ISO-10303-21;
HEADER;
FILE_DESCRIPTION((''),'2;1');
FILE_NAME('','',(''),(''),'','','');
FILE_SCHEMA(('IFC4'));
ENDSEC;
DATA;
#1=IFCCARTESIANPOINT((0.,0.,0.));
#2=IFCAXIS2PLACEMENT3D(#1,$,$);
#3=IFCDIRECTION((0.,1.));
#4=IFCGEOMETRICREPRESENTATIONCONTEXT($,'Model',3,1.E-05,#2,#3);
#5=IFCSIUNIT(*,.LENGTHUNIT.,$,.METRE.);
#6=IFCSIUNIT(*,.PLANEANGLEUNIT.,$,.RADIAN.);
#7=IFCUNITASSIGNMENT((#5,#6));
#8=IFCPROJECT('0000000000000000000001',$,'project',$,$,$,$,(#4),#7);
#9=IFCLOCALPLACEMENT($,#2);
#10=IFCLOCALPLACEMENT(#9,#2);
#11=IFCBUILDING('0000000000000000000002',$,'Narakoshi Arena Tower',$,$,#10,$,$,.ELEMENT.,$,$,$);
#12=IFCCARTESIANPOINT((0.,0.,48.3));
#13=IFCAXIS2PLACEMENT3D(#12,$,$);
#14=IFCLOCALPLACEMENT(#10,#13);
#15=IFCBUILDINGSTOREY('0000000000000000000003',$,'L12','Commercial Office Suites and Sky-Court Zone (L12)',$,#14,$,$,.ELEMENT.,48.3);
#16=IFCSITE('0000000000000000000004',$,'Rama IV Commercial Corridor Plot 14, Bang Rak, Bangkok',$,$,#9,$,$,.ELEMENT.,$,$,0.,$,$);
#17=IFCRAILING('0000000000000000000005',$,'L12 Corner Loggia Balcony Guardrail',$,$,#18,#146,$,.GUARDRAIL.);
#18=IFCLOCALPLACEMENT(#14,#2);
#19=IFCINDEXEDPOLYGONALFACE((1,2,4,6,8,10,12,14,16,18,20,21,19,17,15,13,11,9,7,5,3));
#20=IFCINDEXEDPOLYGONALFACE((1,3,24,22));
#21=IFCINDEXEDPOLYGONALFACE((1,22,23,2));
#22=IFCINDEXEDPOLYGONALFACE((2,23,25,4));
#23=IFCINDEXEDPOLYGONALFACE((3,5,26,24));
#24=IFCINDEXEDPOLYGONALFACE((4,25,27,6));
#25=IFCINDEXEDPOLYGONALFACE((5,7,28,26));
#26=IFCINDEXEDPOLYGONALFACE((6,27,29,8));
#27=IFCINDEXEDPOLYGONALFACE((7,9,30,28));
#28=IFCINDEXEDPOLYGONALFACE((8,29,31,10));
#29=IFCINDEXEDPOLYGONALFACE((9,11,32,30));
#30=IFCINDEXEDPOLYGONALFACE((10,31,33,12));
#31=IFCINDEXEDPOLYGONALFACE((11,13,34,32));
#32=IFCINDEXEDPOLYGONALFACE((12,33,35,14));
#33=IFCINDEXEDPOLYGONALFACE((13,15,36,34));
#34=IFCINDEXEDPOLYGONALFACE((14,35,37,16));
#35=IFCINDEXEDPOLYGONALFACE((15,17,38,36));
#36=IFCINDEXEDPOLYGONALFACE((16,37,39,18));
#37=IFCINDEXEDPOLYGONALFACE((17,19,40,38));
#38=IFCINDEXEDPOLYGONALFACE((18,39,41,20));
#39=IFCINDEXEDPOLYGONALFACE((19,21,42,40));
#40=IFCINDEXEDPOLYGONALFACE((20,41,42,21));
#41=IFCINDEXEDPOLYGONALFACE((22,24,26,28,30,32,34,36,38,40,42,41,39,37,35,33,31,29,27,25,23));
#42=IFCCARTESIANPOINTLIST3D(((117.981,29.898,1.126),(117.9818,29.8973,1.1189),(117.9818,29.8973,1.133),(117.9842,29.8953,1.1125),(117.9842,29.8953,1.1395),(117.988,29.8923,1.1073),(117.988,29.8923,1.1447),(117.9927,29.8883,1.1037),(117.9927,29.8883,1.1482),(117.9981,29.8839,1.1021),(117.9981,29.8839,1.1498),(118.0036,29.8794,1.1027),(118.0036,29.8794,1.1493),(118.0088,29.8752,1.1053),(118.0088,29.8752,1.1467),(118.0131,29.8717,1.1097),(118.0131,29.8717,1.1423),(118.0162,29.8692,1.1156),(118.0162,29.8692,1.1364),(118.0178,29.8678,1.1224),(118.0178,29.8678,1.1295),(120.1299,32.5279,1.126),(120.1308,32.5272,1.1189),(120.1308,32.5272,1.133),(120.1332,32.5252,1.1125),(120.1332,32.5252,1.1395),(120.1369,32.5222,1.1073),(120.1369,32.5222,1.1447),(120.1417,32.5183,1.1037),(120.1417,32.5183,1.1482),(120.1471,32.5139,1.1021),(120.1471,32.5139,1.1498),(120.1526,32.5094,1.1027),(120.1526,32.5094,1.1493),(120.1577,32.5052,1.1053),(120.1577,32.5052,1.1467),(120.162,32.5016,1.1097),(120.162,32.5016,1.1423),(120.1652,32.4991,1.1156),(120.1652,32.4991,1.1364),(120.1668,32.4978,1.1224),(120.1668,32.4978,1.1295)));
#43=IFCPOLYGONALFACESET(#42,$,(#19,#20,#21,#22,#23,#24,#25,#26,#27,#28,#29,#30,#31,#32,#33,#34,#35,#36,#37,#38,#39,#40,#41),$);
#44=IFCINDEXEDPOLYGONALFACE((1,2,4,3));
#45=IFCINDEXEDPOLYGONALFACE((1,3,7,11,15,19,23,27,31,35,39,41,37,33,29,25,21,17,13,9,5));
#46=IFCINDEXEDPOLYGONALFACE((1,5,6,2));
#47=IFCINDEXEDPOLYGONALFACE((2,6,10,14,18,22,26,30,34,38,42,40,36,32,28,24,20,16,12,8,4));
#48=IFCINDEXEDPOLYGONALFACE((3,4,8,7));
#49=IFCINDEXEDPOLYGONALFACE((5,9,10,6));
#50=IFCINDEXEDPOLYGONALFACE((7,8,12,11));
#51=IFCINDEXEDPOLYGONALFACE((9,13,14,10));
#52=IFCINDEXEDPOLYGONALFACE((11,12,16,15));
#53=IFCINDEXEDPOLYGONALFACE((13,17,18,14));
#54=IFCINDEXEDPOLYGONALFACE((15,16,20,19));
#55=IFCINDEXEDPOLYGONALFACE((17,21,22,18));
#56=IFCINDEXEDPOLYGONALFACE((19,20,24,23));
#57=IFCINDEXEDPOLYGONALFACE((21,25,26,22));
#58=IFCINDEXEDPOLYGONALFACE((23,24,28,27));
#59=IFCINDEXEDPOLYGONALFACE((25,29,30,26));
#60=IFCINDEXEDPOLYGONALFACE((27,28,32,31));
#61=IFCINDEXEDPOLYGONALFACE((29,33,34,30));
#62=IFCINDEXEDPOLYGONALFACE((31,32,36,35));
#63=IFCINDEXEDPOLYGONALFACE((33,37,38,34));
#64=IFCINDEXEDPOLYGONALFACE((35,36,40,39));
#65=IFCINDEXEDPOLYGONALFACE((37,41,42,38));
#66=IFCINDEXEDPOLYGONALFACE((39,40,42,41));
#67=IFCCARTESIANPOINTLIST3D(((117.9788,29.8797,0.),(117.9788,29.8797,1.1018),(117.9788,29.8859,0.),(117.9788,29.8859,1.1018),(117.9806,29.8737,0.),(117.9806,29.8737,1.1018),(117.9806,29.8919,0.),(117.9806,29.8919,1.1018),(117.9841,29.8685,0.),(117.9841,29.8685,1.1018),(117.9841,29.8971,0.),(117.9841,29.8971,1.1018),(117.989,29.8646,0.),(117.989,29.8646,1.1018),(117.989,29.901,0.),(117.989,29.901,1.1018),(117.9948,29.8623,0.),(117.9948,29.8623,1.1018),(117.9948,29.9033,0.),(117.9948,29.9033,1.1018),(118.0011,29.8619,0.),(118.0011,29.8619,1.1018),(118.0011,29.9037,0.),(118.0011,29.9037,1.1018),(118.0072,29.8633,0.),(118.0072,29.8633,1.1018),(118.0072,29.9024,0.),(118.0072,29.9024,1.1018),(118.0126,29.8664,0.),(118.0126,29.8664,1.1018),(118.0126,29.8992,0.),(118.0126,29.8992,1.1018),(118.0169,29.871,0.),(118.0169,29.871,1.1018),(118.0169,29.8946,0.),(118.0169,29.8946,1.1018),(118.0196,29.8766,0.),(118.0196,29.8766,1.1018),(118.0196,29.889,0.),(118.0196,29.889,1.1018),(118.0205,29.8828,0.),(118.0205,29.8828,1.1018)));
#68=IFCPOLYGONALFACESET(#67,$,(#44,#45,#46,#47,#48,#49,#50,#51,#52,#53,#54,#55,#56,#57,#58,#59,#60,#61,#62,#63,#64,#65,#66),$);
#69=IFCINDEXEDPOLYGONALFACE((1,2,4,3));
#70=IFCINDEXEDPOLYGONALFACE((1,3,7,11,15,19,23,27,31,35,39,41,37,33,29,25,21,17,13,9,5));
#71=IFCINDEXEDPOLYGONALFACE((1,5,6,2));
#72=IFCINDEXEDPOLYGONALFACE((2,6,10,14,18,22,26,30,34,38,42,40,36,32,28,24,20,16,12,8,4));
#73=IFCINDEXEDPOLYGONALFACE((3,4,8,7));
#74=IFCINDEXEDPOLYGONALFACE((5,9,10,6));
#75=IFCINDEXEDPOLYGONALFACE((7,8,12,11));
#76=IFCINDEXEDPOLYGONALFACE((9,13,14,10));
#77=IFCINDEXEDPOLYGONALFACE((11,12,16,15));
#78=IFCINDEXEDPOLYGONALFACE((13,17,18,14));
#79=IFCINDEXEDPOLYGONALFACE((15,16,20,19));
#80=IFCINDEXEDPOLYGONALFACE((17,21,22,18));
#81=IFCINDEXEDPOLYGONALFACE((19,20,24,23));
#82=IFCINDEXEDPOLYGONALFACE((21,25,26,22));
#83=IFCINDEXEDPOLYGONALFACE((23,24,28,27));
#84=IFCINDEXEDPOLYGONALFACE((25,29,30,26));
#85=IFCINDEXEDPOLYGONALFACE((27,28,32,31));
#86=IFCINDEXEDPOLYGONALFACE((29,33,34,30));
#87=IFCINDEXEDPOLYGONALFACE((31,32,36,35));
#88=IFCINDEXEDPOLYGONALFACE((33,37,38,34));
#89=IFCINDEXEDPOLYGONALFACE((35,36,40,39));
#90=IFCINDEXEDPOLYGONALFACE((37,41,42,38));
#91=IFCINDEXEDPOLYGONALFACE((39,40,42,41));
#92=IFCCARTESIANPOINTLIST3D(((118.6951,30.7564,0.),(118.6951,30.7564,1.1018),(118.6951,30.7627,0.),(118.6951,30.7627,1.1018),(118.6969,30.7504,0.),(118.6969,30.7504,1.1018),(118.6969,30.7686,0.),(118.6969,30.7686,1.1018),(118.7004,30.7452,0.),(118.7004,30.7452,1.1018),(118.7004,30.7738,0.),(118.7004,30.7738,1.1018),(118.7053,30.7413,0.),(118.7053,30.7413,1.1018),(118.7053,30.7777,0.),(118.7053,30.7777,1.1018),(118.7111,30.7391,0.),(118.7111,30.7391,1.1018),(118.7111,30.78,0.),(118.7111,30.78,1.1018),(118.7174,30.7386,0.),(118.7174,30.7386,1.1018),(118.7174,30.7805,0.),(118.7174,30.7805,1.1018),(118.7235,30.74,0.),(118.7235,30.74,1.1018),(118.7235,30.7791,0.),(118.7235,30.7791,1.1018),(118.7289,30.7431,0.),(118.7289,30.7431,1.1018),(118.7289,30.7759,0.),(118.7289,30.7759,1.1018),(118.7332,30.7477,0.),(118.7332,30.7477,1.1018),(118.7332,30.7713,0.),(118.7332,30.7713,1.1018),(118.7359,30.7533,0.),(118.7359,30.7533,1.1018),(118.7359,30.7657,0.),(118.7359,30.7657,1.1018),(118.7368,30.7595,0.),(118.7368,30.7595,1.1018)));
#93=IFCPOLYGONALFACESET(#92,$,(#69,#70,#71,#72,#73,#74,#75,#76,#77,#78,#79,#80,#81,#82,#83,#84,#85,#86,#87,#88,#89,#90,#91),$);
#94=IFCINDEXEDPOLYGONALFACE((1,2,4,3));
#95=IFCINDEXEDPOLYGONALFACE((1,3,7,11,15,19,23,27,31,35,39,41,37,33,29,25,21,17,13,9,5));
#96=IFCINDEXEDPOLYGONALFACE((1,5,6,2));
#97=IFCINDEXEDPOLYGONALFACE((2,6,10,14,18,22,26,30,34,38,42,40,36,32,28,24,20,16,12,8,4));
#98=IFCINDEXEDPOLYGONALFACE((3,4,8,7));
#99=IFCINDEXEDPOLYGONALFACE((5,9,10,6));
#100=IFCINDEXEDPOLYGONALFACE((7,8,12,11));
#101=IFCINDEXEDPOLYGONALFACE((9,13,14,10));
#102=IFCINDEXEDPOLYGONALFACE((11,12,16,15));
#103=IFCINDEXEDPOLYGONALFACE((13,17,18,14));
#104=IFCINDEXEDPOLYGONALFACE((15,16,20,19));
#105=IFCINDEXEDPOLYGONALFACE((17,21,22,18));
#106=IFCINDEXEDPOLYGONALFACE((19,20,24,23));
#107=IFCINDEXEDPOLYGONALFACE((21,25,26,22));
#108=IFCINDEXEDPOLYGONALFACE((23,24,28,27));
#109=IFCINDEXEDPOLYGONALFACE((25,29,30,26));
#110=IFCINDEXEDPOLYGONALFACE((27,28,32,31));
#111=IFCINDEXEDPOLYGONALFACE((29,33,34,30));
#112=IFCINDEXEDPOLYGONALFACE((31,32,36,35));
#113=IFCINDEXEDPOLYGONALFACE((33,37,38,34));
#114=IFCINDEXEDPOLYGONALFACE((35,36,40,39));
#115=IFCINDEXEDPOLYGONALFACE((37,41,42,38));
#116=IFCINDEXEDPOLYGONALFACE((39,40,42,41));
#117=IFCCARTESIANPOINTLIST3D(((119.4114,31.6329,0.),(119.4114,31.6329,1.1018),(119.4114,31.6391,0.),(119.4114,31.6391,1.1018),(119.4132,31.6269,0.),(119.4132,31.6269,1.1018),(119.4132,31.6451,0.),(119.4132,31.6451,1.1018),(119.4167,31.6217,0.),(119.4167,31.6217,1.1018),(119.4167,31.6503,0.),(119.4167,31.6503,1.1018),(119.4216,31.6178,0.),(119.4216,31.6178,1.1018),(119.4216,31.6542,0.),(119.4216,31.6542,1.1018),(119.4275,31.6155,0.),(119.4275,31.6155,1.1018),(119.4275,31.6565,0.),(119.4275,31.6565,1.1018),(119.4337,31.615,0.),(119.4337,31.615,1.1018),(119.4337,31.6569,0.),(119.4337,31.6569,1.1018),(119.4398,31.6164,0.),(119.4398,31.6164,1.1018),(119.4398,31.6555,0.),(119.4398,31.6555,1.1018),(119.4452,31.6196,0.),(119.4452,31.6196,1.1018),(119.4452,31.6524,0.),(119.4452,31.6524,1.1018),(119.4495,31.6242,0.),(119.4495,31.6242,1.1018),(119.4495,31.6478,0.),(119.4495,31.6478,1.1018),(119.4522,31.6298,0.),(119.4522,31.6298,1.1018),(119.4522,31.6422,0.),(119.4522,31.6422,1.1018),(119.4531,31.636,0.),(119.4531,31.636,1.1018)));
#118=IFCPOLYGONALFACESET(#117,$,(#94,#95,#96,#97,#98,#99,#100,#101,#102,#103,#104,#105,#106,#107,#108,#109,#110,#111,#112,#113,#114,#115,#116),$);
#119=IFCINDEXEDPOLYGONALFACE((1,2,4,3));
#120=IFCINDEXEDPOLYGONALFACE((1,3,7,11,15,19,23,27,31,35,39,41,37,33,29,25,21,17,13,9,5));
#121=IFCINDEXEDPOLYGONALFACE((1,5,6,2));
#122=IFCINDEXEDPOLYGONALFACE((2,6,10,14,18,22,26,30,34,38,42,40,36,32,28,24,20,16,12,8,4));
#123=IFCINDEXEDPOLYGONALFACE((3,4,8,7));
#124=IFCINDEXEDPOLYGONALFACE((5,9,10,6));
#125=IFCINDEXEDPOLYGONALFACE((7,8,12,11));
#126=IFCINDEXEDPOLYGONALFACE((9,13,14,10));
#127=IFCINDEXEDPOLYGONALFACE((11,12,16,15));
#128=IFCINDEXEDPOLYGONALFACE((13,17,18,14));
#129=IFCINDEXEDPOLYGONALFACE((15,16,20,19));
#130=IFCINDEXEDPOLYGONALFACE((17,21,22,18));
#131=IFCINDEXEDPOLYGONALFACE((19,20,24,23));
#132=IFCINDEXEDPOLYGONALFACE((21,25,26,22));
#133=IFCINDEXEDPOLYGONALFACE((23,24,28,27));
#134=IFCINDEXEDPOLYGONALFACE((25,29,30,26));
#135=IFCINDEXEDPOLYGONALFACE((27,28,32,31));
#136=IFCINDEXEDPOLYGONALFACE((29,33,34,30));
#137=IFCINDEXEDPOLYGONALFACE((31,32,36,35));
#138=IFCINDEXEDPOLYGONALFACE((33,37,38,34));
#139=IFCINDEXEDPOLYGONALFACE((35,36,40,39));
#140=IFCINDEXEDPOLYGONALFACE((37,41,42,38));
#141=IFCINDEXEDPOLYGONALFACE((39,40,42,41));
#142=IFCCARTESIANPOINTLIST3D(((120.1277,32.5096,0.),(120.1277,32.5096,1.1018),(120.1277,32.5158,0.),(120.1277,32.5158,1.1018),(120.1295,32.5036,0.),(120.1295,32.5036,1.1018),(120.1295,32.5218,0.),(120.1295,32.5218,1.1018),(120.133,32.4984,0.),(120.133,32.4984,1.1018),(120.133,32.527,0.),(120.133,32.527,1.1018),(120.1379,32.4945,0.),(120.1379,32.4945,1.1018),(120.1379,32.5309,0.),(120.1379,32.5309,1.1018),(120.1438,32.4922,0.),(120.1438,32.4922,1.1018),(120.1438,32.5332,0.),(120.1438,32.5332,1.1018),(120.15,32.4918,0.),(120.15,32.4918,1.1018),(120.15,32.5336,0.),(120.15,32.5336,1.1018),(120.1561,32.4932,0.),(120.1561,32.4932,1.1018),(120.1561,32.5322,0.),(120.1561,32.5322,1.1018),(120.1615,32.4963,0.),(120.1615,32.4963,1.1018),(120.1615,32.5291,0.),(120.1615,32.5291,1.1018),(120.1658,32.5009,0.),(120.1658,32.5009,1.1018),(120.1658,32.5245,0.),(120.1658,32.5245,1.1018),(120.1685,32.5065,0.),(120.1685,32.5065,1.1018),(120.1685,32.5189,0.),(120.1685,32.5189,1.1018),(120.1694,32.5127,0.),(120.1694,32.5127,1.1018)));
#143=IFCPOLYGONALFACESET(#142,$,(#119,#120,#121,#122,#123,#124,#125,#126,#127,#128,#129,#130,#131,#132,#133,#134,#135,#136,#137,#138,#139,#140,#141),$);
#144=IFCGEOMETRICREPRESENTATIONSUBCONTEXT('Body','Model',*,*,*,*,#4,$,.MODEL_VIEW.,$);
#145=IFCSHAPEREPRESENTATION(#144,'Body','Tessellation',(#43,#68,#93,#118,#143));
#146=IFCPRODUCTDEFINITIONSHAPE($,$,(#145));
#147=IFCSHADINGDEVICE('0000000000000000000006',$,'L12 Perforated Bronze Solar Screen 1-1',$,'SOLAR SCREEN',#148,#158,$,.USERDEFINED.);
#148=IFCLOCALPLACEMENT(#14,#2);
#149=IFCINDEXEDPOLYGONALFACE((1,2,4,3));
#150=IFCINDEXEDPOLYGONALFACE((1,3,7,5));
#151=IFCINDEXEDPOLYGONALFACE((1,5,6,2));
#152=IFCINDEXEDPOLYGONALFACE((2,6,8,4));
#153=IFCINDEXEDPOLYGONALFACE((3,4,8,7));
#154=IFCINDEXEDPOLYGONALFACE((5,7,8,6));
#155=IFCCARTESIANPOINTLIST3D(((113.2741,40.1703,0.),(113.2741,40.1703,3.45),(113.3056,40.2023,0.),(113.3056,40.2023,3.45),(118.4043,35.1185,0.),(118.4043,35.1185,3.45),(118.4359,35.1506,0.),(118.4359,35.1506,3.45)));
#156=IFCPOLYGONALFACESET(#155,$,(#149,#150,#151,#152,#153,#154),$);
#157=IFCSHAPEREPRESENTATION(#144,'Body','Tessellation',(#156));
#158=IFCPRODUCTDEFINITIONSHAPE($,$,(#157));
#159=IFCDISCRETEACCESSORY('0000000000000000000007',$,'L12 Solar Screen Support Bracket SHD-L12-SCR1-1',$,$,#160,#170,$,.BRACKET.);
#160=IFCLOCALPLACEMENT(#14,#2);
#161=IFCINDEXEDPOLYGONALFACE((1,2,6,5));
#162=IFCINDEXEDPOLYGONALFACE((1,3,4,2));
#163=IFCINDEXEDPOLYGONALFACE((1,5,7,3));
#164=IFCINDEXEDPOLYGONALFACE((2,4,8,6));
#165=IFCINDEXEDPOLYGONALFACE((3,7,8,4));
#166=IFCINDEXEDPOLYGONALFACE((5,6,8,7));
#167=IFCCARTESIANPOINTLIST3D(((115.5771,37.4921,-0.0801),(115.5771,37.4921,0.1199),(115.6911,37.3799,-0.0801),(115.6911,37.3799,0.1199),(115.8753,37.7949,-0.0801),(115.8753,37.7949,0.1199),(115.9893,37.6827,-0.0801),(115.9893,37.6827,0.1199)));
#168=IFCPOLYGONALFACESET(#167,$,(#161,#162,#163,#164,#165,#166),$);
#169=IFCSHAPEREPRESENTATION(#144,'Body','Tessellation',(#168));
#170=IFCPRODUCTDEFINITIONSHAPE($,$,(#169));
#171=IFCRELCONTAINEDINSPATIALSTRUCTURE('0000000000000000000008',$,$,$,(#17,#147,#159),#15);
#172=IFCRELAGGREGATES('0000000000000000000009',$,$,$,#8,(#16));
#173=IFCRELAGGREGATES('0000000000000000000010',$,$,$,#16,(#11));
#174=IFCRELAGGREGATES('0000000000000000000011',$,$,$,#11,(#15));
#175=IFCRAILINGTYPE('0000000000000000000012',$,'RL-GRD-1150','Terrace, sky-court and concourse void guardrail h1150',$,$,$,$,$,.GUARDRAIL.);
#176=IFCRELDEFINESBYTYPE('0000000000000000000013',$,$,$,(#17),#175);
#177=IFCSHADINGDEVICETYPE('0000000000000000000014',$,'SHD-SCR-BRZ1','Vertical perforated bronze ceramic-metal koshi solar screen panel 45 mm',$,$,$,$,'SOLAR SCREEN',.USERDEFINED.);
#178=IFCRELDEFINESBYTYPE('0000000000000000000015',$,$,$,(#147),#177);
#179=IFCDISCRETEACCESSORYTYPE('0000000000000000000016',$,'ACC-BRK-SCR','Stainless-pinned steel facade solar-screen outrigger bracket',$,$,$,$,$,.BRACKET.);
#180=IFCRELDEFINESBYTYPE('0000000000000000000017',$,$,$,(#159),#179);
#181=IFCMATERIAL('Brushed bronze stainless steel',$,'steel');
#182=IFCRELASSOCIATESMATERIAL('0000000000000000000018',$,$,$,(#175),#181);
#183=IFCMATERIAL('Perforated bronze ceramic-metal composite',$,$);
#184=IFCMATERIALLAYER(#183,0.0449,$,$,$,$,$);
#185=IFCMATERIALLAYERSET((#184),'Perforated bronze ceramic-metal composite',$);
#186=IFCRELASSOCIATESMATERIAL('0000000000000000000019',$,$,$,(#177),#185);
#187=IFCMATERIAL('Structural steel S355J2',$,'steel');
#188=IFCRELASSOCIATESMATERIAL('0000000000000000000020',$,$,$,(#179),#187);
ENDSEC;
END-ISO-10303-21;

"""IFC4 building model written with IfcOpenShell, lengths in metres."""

from ifc_helpers import new_model, si_unit, direction, frame, origin, origin_2d, place, context, subcontext, project, spatial, rectangle, circle, extrude, material, layer, layer_set, type_object, element, save


model = new_model("IFC4")

# Units and contexts
model_context = context("Model", 3, precision=1e-05, world=origin(), true_north=direction((0.0, 1.0)))
body_context = subcontext(model_context, "Body", "Model", "MODEL_VIEW")
ifc_project = project(units=[si_unit("LENGTHUNIT", "METRE"), si_unit("PLANEANGLEUNIT", "RADIAN")], contexts=[model_context])

# Site, building, storey
site_placement = place(None, origin())
site = spatial("IfcSite", under=ifc_project, at=site_placement, Name="Rama IV Commercial Corridor Plot 14, Bang Rak, Bangkok", CompositionType="ELEMENT", RefElevation=0.0)
building_placement = place(site_placement, origin())
building = spatial("IfcBuilding", under=site, at=building_placement, Name="Narakoshi Arena Tower", CompositionType="ELEMENT")
storey_placement = place(building_placement, frame((0.0, 0.0, 48.3)))
storey = spatial("IfcBuildingStorey", under=building, at=storey_placement, Name="L12", Description="Commercial Office Suites and Sky-Court Zone (L12)", CompositionType="ELEMENT", Elevation=48.3)

# Shared definitions
ifc_material_1 = material(Name="Structural steel S355J2", Category="steel")

# Railing
ifc_material_2 = material(Name="Brushed bronze stainless steel", Category="steel")
railing_type = type_object("IfcRailingType", Name="RL-GRD-1150", Description="Terrace, sky-court and concourse void guardrail h1150", PredefinedType="GUARDRAIL", material=ifc_material_2)
railing_placement = place(storey_placement, frame((117.9995, 29.8828, 0.0)))
element("IfcRailing", 1, at=railing_placement, inside=storey, type_object=railing_type, Name="L12 Corner Loggia Balcony Guardrail", PredefinedType="GUARDRAIL", context=body_context, shape_type="SweptSolid", body=[
    extrude(circle(Radius=0.0239, at=origin_2d()), frame((0.0, 0.0, 1.126), z_axis=(0.632744, 0.774361, 0.0), x_axis=(-0.774361, 0.632744, 0.0)), (0.0, 0.0, 1.0), 3.3962),
    extrude(circle(Radius=0.021, at=origin_2d()), origin(), (0.0, 0.0, 1.0), 1.1018),
    extrude(circle(Radius=0.021, at=origin_2d()), frame((0.7163, 0.8767, 0.0)), (0.0, 0.0, 1.0), 1.1018),
    extrude(circle(Radius=0.021, at=origin_2d()), frame((1.4326, 1.7532, 0.0)), (0.0, 0.0, 1.0), 1.1018),
    extrude(circle(Radius=0.021, at=origin_2d()), frame((2.1489, 2.6299, 0.0)), (0.0, 0.0, 1.0), 1.1018),
])

# Shading device
ifc_material_3 = material(Name="Perforated bronze ceramic-metal composite")
ifc_layer_1 = layer(ifc_material_3, 0.0449)
ifc_layer_set_1 = layer_set([ifc_layer_1], Name="Perforated bronze ceramic-metal composite")
shading_device_type = type_object("IfcShadingDeviceType", Name="SHD-SCR-BRZ1", Description="Vertical perforated bronze ceramic-metal koshi solar screen panel 45 mm", ElementType="SOLAR SCREEN", PredefinedType="USERDEFINED", material=ifc_layer_set_1)
shading_device_placement = place(storey_placement, frame((115.855, 37.6604, 0.0), z_axis=(0.0, 0.0, 1.0), x_axis=(-0.712541, 0.701631, 0.0)))
element("IfcShadingDevice", 2, at=shading_device_placement, inside=storey, type_object=shading_device_type, Name="L12 Perforated Bronze Solar Screen 1-1", ObjectType="SOLAR SCREEN", PredefinedType="USERDEFINED", context=body_context, shape_type="SweptSolid", body=[
    extrude(rectangle(XDim=7.2, YDim=0.0449, at=origin_2d()), origin(), (0.0, 0.0, 1.0), 3.45),
])

# Discrete accessory
discrete_accessory_type = type_object("IfcDiscreteAccessoryType", Name="ACC-BRK-SCR", Description="Stainless-pinned steel facade solar-screen outrigger bracket", PredefinedType="BRACKET", material=ifc_material_1)
discrete_accessory_placement = place(storey_placement, frame((115.7832, 37.5874, -0.0801), z_axis=(0.0, 0.0, 1.0), x_axis=(-0.712541, 0.701631, 0.0)))
element("IfcDiscreteAccessory", 3, at=discrete_accessory_placement, inside=storey, type_object=discrete_accessory_type, Name="L12 Solar Screen Support Bracket SHD-L12-SCR1-1", PredefinedType="BRACKET", context=body_context, shape_type="SweptSolid", body=[
    extrude(rectangle(XDim=0.1599, YDim=0.425, at=origin_2d()), origin(), (0.0, 0.0, 1.0), 0.2),
])

save(model, "model.ifc")
